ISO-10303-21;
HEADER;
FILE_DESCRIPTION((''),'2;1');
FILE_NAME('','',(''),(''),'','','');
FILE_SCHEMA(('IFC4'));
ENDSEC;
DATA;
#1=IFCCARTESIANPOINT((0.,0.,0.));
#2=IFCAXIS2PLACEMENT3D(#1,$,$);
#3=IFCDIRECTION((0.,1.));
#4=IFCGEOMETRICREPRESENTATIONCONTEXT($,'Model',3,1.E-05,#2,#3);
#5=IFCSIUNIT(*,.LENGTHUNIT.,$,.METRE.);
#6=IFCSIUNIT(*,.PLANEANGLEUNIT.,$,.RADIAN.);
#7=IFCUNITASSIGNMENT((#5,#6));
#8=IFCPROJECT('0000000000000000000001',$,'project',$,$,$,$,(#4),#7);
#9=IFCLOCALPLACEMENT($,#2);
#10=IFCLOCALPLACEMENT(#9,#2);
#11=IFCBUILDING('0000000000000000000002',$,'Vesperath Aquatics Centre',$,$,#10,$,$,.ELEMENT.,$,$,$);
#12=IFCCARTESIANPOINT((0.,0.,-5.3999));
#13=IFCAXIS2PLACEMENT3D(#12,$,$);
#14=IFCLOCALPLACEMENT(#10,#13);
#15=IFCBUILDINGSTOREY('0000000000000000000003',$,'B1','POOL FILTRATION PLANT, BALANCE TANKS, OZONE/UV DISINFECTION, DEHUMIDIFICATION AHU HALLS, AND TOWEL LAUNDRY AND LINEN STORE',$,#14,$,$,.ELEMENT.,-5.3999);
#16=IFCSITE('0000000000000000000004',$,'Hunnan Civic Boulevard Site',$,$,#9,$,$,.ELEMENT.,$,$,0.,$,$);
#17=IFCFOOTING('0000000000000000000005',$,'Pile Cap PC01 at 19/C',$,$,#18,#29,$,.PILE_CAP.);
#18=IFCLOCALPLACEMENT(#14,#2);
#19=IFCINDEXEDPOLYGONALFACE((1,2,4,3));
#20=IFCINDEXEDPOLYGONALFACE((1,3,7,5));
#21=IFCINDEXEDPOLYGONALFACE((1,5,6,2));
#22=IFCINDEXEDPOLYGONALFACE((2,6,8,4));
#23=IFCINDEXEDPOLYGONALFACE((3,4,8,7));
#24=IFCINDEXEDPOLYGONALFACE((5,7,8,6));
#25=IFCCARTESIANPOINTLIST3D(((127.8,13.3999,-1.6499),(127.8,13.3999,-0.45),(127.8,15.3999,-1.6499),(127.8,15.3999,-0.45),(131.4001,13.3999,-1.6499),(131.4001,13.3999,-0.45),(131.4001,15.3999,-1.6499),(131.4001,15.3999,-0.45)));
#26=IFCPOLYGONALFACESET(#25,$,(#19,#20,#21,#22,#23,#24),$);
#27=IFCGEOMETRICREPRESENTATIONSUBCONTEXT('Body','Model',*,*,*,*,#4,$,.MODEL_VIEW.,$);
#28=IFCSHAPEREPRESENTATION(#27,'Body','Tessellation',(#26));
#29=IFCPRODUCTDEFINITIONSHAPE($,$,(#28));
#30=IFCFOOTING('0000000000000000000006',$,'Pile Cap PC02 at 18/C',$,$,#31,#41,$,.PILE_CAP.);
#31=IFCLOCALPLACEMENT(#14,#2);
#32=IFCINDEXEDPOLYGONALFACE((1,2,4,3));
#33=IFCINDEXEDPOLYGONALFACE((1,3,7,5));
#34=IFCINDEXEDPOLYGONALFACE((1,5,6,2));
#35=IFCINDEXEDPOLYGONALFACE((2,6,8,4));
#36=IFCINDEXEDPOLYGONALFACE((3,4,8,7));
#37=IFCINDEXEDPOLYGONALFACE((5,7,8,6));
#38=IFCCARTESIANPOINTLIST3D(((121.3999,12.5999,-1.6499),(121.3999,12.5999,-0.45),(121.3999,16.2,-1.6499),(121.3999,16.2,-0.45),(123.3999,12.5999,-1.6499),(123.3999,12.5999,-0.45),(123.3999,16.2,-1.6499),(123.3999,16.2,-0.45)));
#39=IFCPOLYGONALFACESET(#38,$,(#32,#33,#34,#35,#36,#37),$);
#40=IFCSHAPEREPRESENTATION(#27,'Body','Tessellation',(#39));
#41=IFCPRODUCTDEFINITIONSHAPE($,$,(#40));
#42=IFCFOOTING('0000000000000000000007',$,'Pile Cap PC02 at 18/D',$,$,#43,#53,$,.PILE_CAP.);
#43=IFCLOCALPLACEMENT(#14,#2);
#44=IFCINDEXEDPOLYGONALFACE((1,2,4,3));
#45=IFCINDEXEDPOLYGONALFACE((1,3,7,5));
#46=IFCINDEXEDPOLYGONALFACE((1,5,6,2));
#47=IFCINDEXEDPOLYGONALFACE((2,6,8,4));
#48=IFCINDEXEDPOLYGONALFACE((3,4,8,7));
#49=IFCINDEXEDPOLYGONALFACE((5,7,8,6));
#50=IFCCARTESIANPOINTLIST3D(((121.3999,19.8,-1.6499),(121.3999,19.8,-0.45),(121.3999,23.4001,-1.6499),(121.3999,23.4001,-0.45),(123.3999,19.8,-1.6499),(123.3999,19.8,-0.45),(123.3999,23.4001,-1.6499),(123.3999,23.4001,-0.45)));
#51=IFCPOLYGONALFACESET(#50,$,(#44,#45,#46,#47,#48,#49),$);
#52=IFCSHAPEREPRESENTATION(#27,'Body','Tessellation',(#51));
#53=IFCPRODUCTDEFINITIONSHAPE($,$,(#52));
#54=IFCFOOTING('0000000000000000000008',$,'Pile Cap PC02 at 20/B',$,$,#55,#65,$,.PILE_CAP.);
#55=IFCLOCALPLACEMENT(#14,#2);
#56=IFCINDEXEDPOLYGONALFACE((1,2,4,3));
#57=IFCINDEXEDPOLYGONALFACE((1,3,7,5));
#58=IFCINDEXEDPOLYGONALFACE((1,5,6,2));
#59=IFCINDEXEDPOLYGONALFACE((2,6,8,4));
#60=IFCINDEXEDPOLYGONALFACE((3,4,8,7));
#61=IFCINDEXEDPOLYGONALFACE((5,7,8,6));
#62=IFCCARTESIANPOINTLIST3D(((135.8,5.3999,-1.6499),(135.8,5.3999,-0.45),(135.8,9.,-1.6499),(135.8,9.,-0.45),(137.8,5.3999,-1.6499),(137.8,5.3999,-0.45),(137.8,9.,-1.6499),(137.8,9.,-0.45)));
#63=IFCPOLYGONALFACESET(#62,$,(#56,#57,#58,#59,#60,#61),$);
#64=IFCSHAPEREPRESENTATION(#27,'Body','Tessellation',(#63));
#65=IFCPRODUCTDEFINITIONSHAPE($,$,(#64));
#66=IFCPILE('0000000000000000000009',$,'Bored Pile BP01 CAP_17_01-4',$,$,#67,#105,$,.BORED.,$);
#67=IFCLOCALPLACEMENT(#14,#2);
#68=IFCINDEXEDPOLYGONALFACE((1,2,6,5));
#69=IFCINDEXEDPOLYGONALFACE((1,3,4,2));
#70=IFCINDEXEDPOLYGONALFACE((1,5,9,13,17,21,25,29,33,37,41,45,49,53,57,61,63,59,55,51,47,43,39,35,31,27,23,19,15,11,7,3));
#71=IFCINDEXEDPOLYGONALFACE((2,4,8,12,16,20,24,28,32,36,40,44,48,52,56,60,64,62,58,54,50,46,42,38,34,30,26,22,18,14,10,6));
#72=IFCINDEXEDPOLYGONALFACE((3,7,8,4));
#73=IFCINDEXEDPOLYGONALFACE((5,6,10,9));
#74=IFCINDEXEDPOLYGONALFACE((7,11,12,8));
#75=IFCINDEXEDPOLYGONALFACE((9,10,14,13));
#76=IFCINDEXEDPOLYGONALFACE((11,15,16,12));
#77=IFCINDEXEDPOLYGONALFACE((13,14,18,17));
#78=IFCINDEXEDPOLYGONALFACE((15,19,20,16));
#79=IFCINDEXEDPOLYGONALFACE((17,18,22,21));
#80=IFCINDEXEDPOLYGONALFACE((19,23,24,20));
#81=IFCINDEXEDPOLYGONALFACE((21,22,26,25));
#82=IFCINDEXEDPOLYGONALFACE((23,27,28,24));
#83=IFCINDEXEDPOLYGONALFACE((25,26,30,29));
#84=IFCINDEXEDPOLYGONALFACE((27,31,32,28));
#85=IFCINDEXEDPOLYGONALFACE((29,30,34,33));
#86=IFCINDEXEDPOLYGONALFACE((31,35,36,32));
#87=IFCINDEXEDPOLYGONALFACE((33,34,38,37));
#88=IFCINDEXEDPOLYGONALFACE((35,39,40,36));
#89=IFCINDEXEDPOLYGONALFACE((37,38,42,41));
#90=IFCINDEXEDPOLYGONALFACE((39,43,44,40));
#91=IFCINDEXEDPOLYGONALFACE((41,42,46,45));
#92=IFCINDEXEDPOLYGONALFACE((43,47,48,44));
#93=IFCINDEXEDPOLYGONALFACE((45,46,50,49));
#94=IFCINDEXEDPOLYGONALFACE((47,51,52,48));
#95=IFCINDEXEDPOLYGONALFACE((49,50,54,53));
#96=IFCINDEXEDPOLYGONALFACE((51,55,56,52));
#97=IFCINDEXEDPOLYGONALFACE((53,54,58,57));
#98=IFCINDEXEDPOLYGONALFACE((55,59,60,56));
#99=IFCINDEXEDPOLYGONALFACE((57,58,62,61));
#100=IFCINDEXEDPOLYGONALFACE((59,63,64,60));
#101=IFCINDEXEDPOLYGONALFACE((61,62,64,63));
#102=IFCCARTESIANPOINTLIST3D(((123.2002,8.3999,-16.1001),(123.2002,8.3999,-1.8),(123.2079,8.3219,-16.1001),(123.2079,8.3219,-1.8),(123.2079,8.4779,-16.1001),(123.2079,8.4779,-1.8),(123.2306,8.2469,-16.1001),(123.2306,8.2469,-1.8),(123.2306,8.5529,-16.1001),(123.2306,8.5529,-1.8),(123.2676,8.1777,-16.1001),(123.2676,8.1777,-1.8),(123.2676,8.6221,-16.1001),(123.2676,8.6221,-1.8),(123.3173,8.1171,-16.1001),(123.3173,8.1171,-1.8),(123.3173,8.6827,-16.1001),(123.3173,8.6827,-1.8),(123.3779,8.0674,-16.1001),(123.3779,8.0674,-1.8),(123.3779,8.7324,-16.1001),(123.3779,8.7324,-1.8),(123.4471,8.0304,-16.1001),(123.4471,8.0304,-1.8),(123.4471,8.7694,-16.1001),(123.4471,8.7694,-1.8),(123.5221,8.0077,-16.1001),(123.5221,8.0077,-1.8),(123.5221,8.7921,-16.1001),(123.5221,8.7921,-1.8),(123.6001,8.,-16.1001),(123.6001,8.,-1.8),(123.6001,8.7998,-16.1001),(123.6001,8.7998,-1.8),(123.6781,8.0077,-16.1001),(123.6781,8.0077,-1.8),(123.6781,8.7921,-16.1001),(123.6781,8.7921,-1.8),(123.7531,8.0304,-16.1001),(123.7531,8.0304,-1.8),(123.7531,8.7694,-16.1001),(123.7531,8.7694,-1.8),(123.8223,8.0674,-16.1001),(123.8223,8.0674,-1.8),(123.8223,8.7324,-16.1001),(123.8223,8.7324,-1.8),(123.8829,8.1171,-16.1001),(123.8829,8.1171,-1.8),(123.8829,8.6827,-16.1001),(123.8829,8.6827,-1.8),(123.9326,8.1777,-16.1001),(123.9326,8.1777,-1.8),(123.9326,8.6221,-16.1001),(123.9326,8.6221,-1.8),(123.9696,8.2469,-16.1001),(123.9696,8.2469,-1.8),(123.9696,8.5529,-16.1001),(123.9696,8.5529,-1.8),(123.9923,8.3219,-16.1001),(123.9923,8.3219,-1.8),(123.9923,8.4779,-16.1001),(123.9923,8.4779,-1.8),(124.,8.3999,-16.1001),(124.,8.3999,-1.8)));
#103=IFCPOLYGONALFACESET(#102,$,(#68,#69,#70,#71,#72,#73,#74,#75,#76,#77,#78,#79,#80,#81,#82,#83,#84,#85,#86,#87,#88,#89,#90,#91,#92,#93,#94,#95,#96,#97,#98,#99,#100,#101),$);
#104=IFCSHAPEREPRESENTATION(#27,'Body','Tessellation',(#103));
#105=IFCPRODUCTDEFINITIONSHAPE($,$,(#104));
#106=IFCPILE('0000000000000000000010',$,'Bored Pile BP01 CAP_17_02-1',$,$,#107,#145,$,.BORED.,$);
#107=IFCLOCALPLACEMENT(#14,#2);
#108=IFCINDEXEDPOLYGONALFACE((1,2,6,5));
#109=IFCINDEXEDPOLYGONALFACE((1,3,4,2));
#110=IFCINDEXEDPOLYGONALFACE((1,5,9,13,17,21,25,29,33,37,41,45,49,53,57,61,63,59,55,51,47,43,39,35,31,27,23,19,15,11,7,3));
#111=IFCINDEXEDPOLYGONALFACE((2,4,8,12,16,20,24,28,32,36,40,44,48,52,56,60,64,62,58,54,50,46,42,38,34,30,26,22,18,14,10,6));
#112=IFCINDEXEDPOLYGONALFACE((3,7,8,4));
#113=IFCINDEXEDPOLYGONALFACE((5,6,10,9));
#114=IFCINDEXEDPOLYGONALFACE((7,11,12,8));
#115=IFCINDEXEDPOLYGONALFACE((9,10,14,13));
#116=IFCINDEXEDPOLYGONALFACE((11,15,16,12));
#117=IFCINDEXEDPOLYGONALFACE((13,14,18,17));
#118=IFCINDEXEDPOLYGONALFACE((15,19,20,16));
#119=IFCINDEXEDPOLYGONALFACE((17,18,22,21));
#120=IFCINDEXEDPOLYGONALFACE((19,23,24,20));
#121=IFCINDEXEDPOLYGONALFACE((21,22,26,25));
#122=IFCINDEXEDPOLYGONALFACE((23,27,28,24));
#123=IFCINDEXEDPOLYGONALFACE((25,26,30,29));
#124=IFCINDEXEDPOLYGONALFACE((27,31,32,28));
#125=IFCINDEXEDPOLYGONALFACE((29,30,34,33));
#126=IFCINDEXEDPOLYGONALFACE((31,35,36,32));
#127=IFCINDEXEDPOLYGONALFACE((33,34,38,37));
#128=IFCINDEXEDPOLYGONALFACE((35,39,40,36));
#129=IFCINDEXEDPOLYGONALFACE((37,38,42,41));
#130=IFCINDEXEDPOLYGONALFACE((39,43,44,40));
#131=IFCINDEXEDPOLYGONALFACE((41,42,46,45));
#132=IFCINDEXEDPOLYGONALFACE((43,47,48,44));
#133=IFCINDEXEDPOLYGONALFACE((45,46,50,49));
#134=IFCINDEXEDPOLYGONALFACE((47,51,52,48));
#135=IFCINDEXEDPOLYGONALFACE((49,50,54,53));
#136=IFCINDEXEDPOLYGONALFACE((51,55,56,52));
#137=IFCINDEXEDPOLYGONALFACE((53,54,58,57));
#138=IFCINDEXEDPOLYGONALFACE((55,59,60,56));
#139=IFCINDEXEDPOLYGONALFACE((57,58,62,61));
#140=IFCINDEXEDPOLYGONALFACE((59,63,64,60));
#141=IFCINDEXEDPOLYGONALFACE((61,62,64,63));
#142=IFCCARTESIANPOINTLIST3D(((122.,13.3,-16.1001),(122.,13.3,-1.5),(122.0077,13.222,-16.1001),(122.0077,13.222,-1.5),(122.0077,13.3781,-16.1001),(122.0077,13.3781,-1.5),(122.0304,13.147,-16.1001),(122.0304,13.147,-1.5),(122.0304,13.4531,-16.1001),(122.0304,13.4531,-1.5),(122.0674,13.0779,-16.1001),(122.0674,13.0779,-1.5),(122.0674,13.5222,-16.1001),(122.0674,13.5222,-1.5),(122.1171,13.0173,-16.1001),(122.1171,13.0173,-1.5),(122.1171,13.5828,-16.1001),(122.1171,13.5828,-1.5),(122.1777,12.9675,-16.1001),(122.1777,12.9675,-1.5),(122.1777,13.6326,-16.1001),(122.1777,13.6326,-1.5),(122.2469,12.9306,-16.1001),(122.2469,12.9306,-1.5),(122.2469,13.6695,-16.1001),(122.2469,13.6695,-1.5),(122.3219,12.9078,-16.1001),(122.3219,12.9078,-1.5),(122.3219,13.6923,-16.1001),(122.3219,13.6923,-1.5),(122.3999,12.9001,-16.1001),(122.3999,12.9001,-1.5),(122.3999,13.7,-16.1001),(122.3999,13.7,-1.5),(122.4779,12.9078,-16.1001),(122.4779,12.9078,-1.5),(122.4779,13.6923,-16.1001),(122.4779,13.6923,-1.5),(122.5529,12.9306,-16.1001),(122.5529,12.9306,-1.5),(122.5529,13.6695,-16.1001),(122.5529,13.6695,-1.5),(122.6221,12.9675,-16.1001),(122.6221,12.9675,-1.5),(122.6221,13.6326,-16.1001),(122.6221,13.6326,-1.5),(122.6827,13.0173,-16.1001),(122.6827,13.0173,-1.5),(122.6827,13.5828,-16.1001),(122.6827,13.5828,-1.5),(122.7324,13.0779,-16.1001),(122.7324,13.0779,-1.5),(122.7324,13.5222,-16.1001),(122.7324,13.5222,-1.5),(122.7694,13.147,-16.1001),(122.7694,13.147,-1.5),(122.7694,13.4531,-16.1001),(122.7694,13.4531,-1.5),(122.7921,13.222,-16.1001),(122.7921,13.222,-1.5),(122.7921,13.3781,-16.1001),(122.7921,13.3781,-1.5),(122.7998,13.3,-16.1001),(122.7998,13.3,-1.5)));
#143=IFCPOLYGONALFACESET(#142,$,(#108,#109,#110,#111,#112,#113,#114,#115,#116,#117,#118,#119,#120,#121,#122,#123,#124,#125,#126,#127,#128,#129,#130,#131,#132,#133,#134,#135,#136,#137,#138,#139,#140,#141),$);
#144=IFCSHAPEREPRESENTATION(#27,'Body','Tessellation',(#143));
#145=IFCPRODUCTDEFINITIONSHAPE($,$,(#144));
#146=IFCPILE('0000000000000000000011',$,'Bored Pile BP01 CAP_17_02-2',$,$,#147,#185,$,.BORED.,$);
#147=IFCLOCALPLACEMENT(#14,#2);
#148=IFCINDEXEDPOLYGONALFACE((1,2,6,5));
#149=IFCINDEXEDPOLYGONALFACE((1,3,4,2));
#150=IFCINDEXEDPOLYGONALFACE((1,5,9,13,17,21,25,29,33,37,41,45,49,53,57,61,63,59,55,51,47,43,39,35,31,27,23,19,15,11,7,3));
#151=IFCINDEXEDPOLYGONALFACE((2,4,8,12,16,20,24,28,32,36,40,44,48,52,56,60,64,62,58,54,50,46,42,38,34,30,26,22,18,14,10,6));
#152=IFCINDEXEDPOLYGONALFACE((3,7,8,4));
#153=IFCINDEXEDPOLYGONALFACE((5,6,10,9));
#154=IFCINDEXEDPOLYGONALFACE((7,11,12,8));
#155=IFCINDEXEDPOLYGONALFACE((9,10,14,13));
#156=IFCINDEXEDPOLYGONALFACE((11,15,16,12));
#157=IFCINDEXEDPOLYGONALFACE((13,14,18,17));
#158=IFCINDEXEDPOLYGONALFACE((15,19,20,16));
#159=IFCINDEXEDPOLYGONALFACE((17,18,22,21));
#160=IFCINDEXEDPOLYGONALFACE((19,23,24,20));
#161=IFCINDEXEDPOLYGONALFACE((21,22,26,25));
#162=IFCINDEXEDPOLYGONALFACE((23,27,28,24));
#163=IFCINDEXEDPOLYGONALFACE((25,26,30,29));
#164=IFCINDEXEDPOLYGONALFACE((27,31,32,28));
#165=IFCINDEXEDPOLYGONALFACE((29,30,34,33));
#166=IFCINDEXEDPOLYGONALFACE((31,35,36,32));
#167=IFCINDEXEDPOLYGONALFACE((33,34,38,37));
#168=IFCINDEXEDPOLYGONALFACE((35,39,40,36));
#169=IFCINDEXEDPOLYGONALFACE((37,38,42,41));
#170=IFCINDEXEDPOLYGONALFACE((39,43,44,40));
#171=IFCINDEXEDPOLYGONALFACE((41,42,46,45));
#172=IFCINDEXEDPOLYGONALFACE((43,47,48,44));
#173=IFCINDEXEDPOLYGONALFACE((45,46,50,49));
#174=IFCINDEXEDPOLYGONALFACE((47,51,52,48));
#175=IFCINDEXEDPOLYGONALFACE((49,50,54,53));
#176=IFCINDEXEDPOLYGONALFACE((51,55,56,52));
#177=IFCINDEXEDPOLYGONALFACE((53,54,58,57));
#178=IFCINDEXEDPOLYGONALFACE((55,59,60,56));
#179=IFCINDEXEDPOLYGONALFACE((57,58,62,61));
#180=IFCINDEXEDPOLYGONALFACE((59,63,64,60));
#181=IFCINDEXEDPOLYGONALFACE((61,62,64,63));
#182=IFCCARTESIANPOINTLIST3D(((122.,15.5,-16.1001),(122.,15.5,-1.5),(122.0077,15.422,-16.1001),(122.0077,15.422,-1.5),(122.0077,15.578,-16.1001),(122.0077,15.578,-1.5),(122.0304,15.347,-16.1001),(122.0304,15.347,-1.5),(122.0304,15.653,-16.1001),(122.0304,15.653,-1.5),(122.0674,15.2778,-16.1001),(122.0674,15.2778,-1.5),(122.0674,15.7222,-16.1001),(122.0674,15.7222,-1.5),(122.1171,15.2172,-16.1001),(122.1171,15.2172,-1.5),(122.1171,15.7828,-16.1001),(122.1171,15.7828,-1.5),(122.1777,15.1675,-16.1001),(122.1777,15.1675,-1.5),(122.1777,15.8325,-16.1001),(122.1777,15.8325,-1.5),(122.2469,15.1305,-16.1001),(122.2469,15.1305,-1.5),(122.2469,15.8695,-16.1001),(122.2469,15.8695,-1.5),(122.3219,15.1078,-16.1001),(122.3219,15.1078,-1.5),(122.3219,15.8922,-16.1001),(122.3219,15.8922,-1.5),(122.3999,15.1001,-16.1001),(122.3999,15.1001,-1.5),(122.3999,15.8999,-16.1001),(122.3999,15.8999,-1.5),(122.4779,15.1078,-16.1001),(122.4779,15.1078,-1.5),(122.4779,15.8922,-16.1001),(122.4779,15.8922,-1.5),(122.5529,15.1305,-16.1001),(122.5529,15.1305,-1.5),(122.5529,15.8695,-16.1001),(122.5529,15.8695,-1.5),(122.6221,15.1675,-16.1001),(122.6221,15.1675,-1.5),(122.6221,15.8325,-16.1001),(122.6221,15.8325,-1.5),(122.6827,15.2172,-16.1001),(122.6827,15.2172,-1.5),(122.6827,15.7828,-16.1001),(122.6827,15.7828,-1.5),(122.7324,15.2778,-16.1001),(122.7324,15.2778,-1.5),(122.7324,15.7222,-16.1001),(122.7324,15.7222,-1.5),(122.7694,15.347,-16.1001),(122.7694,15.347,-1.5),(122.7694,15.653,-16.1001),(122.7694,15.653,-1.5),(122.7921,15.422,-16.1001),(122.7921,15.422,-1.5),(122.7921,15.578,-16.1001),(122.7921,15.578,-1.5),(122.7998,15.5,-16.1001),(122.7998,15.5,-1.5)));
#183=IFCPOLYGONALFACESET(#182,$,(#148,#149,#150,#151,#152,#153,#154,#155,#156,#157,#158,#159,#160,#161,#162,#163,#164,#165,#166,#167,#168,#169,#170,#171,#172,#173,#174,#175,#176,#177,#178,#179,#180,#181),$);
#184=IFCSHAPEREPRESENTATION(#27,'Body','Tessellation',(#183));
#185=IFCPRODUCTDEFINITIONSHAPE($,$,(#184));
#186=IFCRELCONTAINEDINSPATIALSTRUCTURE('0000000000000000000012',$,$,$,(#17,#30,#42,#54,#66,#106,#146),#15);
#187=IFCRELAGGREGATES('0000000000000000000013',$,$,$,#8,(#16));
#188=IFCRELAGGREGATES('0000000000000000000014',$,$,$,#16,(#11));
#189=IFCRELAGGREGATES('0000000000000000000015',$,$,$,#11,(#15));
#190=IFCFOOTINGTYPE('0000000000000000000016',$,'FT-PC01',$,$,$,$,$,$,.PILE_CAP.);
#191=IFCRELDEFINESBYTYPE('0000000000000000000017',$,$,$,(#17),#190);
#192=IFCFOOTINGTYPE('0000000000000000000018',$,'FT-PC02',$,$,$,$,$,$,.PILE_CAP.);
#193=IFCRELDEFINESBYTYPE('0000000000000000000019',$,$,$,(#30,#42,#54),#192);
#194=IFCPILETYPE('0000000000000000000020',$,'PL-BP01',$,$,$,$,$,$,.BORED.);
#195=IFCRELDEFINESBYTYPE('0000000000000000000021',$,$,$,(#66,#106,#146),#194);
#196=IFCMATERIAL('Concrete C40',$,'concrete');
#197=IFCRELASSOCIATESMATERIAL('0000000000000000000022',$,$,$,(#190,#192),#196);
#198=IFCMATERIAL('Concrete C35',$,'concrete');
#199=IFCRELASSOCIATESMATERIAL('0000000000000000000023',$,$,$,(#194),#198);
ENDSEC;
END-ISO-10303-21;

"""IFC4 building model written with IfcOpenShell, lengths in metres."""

from ifc_helpers import new_model, si_unit, direction, frame, origin, origin_2d, place, context, subcontext, project, spatial, rectangle, circle, extrude, material, material_profile, profile_set, type_object, element, save


model = new_model("IFC4")

# Units and contexts
model_context = context("Model", 3, precision=1e-05, world=origin(), true_north=direction((0.0, 1.0)))
body_context = subcontext(model_context, "Body", "Model", "MODEL_VIEW")
ifc_project = project(units=[si_unit("LENGTHUNIT", "METRE"), si_unit("PLANEANGLEUNIT", "RADIAN")], contexts=[model_context])

# Site, building, storey
site_placement = place(None, origin())
site = spatial("IfcSite", under=ifc_project, at=site_placement, Name="Hunnan Civic Boulevard Site", CompositionType="ELEMENT", RefElevation=0.0)
building_placement = place(site_placement, origin())
building = spatial("IfcBuilding", under=site, at=building_placement, Name="Vesperath Aquatics Centre", CompositionType="ELEMENT")
storey_placement = place(building_placement, frame((0.0, 0.0, -5.3999)))
storey = spatial("IfcBuildingStorey", under=building, at=storey_placement, Name="B1", Description="POOL FILTRATION PLANT, BALANCE TANKS, OZONE/UV DISINFECTION, DEHUMIDIFICATION AHU HALLS, AND TOWEL LAUNDRY AND LINEN STORE", CompositionType="ELEMENT", Elevation=-5.3999)

# Footings
ifc_material_1 = material(Name="Concrete C40", Category="concrete")
footing_type_1 = type_object("IfcFootingType", Name="FT-PC01", PredefinedType="PILE_CAP", material=ifc_material_1)
footing_placement = place(storey_placement, frame((129.6001, 14.3999, -1.6499), z_axis=(0.0, 0.0, 1.0), x_axis=(1.0, 0.0, 0.0)))
element("IfcFooting", 1, at=footing_placement, inside=storey, type_object=footing_type_1, Name="Pile Cap PC01 at 19/C", PredefinedType="PILE_CAP", context=body_context, shape_type="SweptSolid", body=[
    extrude(rectangle(XDim=3.6001, YDim=2.0, at=origin_2d()), origin(), (0.0, 0.0, 1.0), 1.2),
])
footing_type_2 = type_object("IfcFootingType", Name="FT-PC02", PredefinedType="PILE_CAP", material=ifc_material_1)
for number, where, z_axis, x_axis, name in (
    (2, (122.3999, 14.3999, -1.6499), (0.0, 0.0, 1.0), (1.0, 0.0, 0.0), "Pile Cap PC02 at 18/C"),
    (3, (122.3999, 21.6001, -1.6499), (0.0, 0.0, 1.0), (1.0, 0.0, 0.0), "Pile Cap PC02 at 18/D"),
    (4, (136.8, 7.2, -1.6499), (0.0, 0.0, 1.0), (1.0, 0.0, 0.0), "Pile Cap PC02 at 20/B"),
):
    element("IfcFooting", number, at=place(storey_placement, frame(where, z_axis=z_axis, x_axis=x_axis)), inside=storey, type_object=footing_type_2, Name=name, PredefinedType="PILE_CAP", context=body_context, shape_type="SweptSolid", body=[
        extrude(rectangle(XDim=2.0, YDim=3.6001, at=origin_2d()), origin(), (0.0, 0.0, 1.0), 1.2),
    ])

# Piles
ifc_material_2 = material(Name="Concrete C35", Category="concrete")
ifc_material_profile_1 = material_profile(ifc_material_2, circle(Radius=0.3999, at=origin_2d()), Name="PILE D800")
ifc_profile_set_1 = profile_set([ifc_material_profile_1], Name="Concrete C35")
pile_type = type_object("IfcPileType", Name="PL-BP01", PredefinedType="BORED", material=ifc_profile_set_1)
pile_1_placement = place(storey_placement, frame((123.6001, 8.3999, -1.8), z_axis=(0.0, 0.0, -1.0), x_axis=(1.0, 0.0, 0.0)))
element("IfcPile", 5, at=pile_1_placement, inside=storey, type_object=pile_type, Name="Bored Pile BP01 CAP_17_01-4", PredefinedType="BORED", context=body_context, shape_type="SweptSolid", body=[
    extrude(circle(Radius=0.3999, at=origin_2d()), origin(), (0.0, 0.0, 1.0), 14.3),
])
for number, where, z_axis, x_axis, name in (
    (6, (122.3999, 13.3, -1.5), (0.0, 0.0, -1.0), (1.0, 0.0, 0.0), "Bored Pile BP01 CAP_17_02-1"),
    (7, (122.3999, 15.5, -1.5), (0.0, 0.0, -1.0), (1.0, 0.0, 0.0), "Bored Pile BP01 CAP_17_02-2"),
):
    element("IfcPile", number, at=place(storey_placement, frame(where, z_axis=z_axis, x_axis=x_axis)), inside=storey, type_object=pile_type, Name=name, PredefinedType="BORED", context=body_context, shape_type="SweptSolid", body=[
        extrude(circle(Radius=0.3999, at=origin_2d()), origin(), (0.0, 0.0, 1.0), 14.6001),
    ])

save(model, "model.ifc")
